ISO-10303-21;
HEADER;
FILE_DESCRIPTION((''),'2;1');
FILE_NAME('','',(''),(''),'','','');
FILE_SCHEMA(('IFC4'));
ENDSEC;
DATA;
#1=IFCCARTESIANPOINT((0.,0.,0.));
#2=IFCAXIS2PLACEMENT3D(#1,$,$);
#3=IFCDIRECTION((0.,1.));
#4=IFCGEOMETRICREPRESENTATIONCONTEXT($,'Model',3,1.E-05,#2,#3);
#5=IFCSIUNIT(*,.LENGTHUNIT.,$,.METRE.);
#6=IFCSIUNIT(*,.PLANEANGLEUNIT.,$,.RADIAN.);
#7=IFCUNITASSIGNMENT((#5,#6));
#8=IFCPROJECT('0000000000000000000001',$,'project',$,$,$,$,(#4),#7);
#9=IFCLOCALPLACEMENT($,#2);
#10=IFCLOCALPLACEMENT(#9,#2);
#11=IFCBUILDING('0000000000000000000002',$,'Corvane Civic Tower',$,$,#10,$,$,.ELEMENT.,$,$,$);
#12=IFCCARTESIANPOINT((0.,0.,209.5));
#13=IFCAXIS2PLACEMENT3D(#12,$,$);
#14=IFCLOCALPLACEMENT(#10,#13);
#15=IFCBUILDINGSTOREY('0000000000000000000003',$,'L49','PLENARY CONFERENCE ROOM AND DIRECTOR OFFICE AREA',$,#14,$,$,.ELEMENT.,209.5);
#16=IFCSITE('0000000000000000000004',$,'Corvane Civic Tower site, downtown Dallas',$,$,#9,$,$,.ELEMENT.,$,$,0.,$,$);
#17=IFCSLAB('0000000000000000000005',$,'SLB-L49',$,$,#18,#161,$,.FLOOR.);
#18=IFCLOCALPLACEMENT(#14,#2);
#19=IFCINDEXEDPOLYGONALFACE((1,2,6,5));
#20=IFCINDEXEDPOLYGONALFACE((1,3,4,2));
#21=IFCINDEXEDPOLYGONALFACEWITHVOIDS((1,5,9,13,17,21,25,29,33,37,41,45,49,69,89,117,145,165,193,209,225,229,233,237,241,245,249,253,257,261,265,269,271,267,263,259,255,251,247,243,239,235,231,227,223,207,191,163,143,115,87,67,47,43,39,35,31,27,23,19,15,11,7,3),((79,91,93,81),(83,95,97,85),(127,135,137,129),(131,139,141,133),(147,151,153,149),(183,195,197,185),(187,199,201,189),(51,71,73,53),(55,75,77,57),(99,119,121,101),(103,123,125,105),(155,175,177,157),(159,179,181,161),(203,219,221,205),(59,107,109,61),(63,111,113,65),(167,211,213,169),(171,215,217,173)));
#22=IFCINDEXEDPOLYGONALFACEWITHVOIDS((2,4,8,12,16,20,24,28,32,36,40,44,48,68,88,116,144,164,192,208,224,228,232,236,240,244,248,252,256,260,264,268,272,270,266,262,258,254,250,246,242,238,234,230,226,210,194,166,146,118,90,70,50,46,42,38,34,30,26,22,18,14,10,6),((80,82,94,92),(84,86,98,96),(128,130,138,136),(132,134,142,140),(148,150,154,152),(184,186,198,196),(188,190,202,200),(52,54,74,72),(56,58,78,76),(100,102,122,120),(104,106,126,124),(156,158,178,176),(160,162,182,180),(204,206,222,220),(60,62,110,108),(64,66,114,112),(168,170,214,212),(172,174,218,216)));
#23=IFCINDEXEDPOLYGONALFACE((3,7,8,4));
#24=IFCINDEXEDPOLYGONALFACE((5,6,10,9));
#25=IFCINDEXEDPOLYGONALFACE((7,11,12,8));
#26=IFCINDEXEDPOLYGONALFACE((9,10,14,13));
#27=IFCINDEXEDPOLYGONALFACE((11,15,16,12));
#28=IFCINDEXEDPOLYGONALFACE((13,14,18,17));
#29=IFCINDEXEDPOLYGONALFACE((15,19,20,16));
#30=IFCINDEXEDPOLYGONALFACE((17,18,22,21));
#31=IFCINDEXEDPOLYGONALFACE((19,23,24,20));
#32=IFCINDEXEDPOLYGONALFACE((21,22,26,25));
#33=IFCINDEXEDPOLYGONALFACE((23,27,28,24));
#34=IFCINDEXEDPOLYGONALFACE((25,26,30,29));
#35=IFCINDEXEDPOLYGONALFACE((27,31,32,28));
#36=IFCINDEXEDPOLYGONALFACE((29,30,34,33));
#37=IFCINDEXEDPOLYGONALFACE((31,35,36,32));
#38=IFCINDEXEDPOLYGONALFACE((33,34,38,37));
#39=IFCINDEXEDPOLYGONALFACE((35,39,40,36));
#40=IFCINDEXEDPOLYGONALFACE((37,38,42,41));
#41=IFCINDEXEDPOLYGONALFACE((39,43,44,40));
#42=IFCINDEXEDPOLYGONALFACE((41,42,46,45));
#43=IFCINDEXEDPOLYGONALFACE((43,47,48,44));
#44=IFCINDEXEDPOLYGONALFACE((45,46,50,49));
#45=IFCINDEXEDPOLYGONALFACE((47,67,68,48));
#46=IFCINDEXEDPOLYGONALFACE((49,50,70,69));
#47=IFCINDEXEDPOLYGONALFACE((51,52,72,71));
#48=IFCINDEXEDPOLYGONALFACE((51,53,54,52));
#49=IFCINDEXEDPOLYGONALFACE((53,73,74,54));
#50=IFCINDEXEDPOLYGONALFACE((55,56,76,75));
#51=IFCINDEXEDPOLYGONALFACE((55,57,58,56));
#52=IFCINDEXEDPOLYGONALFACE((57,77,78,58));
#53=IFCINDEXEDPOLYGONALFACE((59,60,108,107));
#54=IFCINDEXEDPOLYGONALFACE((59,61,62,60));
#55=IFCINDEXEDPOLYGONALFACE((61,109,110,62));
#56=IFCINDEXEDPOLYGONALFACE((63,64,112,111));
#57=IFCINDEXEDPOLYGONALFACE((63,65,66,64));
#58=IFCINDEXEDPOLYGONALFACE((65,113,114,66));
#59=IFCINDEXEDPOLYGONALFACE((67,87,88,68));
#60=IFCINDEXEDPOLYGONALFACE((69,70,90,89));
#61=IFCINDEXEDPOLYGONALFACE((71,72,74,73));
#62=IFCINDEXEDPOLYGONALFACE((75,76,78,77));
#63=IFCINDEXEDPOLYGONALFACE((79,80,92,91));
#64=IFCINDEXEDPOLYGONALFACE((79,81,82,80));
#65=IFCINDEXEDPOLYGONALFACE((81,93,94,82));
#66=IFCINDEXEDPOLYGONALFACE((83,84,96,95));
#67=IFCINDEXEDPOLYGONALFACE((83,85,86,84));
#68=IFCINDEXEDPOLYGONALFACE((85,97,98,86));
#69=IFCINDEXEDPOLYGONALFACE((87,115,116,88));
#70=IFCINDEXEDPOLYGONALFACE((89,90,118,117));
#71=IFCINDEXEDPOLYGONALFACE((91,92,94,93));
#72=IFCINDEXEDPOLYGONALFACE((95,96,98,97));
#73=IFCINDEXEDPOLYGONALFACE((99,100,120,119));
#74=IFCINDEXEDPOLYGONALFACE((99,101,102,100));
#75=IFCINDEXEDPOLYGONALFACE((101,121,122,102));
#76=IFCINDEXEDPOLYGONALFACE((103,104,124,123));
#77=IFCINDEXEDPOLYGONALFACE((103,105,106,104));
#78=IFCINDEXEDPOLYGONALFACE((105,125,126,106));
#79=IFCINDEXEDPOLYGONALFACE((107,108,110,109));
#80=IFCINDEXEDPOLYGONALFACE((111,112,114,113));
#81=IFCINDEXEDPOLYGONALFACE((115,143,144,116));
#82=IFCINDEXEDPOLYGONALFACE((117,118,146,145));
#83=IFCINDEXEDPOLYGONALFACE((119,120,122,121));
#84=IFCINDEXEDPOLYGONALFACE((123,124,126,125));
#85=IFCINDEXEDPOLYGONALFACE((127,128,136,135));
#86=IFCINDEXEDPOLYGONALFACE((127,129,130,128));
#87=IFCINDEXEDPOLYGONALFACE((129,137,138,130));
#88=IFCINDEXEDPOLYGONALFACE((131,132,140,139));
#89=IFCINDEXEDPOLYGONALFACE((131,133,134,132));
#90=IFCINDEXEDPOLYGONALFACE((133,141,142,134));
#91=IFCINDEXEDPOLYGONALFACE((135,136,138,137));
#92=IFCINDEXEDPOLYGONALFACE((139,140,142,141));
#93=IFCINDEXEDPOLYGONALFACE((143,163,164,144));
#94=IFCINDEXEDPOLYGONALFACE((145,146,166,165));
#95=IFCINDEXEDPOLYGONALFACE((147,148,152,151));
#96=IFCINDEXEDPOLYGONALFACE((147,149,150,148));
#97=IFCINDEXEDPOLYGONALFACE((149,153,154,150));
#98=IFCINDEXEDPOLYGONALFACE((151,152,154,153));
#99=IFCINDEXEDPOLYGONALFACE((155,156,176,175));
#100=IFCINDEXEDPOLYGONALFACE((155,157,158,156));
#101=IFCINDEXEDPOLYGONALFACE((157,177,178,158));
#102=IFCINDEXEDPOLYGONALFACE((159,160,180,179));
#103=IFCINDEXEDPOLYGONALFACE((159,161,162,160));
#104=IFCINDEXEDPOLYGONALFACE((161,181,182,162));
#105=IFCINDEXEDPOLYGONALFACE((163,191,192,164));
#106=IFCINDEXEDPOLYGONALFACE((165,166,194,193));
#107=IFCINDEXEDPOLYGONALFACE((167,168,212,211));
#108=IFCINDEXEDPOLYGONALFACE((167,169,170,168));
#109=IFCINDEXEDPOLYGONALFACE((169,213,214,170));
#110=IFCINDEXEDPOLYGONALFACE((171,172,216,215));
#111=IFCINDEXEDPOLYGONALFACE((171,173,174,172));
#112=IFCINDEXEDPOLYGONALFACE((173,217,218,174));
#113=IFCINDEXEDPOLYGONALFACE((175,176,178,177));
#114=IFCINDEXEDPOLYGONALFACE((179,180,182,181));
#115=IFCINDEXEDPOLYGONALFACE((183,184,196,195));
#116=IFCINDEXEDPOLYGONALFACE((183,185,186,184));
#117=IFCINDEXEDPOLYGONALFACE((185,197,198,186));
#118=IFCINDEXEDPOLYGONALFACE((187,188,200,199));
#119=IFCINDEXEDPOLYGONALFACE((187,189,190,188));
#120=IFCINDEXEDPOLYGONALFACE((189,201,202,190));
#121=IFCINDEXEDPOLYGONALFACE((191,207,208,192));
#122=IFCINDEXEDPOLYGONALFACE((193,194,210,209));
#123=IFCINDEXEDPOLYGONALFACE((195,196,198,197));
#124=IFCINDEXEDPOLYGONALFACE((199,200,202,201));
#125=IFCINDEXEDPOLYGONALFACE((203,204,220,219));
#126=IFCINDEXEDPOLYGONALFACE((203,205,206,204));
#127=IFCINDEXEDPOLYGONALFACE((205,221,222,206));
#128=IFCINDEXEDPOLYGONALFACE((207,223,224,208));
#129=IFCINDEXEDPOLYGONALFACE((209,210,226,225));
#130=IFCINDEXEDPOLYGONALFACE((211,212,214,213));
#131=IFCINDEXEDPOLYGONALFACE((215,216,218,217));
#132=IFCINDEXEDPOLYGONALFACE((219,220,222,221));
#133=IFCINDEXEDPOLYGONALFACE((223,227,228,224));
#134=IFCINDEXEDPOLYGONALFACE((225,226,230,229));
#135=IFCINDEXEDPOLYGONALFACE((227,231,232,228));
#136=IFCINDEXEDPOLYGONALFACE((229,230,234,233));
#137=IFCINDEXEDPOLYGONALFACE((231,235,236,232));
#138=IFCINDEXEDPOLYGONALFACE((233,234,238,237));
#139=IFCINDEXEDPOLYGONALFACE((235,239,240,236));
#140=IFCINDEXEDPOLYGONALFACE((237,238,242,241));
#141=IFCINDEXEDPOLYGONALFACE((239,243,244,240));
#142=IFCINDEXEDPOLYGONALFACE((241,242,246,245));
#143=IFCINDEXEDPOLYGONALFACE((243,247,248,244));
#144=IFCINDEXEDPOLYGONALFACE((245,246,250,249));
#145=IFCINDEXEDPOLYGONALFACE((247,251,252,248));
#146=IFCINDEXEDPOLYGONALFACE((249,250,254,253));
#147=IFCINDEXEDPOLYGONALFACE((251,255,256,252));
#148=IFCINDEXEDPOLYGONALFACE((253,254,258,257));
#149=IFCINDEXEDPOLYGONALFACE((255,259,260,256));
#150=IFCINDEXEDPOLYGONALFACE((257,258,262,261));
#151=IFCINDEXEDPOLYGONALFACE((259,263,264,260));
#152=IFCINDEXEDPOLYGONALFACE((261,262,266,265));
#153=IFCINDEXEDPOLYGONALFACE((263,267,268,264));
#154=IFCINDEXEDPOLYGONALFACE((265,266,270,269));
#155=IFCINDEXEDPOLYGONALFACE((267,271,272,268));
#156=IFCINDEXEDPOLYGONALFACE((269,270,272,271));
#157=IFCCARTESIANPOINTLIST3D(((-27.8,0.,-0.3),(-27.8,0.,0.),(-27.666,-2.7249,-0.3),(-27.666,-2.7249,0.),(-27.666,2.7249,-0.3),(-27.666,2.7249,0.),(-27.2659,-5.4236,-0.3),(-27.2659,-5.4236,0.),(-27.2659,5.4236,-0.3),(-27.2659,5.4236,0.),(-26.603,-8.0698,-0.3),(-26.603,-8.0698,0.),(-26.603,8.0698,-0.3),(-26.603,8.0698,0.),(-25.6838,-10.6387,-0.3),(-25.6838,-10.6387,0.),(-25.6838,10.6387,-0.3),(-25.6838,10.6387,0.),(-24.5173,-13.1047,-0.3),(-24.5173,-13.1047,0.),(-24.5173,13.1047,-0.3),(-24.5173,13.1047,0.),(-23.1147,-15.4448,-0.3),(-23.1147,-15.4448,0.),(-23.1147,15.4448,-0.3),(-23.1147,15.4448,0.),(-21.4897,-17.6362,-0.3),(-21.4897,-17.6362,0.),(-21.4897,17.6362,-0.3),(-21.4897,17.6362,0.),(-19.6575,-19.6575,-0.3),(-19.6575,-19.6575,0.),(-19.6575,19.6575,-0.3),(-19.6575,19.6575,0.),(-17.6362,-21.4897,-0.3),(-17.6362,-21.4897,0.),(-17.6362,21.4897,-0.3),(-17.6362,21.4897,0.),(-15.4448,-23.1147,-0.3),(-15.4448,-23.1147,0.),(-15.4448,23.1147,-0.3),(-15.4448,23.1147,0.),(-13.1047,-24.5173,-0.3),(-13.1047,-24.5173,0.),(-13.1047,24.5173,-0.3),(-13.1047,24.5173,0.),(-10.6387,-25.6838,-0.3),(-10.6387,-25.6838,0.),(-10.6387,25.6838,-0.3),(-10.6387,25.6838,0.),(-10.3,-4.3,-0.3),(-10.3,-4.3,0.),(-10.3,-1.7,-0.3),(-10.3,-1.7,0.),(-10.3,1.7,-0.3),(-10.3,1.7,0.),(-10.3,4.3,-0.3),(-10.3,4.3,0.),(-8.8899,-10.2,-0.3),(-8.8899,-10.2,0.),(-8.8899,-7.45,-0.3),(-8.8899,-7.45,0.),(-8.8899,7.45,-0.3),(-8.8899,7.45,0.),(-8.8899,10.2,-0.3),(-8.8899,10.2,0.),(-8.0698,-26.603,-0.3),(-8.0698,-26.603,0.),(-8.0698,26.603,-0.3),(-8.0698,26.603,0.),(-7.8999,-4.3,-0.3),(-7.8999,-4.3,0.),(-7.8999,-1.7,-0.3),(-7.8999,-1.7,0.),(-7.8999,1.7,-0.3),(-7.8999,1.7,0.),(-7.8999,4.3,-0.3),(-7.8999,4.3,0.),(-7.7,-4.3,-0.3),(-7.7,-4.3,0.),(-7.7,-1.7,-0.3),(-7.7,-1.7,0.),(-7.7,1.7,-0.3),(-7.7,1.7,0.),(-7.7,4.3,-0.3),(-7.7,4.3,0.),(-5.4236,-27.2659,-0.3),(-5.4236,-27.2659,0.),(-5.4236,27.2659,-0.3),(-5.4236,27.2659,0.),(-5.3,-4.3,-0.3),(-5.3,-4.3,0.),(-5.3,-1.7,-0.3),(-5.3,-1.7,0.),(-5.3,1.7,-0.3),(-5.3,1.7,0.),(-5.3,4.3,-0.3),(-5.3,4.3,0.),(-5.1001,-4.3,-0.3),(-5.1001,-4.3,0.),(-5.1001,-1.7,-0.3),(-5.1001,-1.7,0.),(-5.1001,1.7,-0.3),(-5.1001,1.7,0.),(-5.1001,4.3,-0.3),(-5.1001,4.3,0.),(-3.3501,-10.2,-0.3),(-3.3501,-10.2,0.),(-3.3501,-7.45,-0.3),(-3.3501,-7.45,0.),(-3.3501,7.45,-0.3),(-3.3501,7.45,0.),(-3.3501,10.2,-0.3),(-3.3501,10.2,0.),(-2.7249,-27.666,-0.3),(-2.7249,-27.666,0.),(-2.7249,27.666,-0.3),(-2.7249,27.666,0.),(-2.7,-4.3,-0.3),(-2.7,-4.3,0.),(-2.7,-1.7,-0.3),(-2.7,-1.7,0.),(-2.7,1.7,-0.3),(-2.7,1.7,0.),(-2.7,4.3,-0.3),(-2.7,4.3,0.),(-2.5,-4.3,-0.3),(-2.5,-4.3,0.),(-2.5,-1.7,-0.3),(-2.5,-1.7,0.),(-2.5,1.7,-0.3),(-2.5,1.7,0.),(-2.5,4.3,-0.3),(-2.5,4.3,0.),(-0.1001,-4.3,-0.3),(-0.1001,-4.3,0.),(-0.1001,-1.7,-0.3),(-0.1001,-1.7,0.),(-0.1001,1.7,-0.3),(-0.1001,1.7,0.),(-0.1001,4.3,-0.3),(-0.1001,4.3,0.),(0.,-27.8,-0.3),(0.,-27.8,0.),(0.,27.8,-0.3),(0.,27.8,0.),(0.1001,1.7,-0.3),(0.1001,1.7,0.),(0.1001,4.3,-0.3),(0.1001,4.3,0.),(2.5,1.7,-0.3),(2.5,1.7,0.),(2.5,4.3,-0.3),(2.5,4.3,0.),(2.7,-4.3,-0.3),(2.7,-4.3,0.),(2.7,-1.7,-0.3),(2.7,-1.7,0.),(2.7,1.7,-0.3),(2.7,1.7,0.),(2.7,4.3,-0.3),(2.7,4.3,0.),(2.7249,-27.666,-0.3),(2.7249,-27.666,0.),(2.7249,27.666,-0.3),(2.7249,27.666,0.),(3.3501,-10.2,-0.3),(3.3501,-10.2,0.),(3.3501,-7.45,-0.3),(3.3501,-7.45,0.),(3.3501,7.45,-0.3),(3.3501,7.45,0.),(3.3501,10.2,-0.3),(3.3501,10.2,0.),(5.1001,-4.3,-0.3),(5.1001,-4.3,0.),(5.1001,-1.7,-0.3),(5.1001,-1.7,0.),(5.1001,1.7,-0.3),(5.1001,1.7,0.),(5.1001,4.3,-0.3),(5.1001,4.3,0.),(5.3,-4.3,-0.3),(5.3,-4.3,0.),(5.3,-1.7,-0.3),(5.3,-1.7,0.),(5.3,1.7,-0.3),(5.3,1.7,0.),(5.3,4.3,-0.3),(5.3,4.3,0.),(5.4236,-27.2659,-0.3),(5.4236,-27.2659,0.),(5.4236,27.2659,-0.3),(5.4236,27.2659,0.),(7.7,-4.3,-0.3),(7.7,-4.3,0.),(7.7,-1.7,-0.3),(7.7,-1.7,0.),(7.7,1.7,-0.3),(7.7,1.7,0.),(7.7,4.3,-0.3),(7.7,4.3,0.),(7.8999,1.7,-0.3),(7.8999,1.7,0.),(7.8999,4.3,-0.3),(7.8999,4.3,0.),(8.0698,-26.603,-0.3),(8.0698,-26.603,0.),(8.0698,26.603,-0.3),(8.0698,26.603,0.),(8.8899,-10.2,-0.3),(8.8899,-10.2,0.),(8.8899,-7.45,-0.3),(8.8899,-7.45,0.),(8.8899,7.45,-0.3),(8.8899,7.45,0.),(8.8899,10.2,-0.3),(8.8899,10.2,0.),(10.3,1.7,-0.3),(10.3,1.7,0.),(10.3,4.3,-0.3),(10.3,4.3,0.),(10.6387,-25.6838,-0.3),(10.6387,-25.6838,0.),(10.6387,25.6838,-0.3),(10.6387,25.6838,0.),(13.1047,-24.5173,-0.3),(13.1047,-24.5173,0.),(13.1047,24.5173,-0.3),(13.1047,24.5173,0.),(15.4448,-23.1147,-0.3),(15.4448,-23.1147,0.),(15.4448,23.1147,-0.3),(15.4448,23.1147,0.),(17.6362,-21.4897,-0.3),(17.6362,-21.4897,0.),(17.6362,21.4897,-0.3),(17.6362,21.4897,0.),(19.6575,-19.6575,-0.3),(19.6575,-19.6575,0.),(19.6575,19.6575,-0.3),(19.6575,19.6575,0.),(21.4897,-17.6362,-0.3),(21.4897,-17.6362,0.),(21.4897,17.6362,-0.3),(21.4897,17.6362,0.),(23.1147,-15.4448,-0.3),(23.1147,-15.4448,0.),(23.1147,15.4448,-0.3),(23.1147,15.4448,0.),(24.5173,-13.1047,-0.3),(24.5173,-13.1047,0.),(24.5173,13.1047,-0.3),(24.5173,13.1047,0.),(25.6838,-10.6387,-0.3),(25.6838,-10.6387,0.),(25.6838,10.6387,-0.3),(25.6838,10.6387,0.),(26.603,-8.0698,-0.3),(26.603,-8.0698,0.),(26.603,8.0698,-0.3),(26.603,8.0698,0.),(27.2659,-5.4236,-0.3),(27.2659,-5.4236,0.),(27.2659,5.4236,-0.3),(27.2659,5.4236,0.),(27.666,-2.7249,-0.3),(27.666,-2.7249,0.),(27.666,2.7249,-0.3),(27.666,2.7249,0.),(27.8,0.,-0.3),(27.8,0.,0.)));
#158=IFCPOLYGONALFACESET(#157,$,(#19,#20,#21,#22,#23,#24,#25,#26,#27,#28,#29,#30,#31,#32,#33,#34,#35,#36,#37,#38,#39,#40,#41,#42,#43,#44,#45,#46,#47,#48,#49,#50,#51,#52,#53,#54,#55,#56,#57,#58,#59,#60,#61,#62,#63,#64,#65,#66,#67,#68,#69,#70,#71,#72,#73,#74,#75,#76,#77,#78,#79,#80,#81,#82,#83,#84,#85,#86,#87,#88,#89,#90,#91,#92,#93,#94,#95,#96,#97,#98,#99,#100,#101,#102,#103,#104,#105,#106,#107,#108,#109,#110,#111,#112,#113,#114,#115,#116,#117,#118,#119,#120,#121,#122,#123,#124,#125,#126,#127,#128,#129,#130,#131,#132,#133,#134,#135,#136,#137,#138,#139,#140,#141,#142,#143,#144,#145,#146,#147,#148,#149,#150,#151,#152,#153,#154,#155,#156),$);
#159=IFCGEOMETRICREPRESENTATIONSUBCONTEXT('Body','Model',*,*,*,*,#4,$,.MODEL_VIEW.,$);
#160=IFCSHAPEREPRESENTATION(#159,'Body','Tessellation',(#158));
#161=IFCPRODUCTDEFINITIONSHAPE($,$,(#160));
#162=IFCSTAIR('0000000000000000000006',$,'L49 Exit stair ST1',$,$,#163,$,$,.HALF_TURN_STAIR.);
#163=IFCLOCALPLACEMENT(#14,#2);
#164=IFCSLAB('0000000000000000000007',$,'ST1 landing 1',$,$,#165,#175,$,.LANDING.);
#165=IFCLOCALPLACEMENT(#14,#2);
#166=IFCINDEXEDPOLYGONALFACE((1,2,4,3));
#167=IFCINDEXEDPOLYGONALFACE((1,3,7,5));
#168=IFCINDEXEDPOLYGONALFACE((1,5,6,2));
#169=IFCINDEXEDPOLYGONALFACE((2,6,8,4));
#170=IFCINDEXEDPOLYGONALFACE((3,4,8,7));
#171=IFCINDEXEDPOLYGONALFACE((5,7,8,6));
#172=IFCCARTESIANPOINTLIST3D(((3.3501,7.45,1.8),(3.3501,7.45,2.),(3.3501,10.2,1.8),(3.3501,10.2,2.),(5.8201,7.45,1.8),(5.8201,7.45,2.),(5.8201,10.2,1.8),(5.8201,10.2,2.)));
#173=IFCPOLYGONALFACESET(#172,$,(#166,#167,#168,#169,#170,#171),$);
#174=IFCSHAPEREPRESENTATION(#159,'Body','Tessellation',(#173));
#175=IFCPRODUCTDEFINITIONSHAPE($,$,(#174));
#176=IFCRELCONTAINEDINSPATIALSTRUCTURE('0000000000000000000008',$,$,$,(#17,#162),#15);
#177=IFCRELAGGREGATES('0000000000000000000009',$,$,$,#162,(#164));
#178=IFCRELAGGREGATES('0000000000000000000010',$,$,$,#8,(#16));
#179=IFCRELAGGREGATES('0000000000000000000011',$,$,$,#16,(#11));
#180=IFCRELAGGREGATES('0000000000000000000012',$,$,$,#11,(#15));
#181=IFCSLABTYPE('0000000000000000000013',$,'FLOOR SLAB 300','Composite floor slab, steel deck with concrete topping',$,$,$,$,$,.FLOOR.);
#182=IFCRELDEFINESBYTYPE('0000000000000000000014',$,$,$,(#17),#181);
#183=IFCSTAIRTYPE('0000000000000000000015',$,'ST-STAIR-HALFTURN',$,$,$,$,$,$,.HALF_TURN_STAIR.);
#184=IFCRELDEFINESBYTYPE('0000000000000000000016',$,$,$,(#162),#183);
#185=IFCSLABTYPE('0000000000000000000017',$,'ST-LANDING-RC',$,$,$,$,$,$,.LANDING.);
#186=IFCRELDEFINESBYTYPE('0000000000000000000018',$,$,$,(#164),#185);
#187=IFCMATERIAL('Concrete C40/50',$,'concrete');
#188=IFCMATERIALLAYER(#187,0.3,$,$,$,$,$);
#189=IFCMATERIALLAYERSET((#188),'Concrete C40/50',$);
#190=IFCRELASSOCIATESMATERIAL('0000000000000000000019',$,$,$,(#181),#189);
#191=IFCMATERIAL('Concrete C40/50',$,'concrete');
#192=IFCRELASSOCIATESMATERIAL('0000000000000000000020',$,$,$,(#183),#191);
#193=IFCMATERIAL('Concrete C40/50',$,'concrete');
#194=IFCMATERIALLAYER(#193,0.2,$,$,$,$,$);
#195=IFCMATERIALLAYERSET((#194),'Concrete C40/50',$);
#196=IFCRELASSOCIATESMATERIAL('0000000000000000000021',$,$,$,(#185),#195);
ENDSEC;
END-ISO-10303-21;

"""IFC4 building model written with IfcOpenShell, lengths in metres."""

from ifc_helpers import new_model, si_unit, direction, frame, origin, place, context, subcontext, project, spatial, polyline, outline, extrude, material, layer, layer_set, type_object, element, aggregate, save


model = new_model("IFC4")

# Units and contexts
model_context = context("Model", 3, precision=1e-05, world=origin(), true_north=direction((0.0, 1.0)))
body_context = subcontext(model_context, "Body", "Model", "MODEL_VIEW")
ifc_project = project(units=[si_unit("LENGTHUNIT", "METRE"), si_unit("PLANEANGLEUNIT", "RADIAN")], contexts=[model_context])

# Site, building, storey
site_placement = place(None, origin())
site = spatial("IfcSite", under=ifc_project, at=site_placement, Name="Corvane Civic Tower site, downtown Dallas", CompositionType="ELEMENT", RefElevation=0.0)
building_placement = place(site_placement, origin())
building = spatial("IfcBuilding", under=site, at=building_placement, Name="Corvane Civic Tower", CompositionType="ELEMENT")
storey_placement = place(building_placement, frame((0.0, 0.0, 209.5)))
storey = spatial("IfcBuildingStorey", under=building, at=storey_placement, Name="L49", Description="PLENARY CONFERENCE ROOM AND DIRECTOR OFFICE AREA", CompositionType="ELEMENT", Elevation=209.5)

# Slab
ifc_material_1 = material(Name="Concrete C40/50", Category="concrete")
ifc_layer_1 = layer(ifc_material_1, 0.3)
ifc_layer_set_1 = layer_set([ifc_layer_1], Name="Concrete C40/50")
slab_type_1 = type_object("IfcSlabType", Name="FLOOR SLAB 300", Description="Composite floor slab, steel deck with concrete topping", PredefinedType="FLOOR", material=ifc_layer_set_1)
slab_1_placement = place(storey_placement, frame((0.0, 0.0, -0.3)))
element("IfcSlab", 1, at=slab_1_placement, inside=storey, type_object=slab_type_1, Name="SLB-L49", PredefinedType="FLOOR", context=body_context, shape_type="SweptSolid", body=[
    extrude(outline(polyline([(0.0, 27.8), (-2.7249, 27.666), (-5.4236, 27.2659), (-8.0698, 26.603), (-10.6387, 25.6838), (-13.1047, 24.5173), (-15.4448, 23.1147), (-17.6362, 21.4897), (-19.6575, 19.6575), (-21.4897, 17.6362), (-23.1147, 15.4448), (-24.5173, 13.1047), (-25.6838, 10.6387), (-26.603, 8.0698), (-27.2659, 5.4236), (-27.666, 2.7249), (-27.8, 0.0), (-27.666, -2.7249), (-27.2659, -5.4236), (-26.603, -8.0698), (-25.6838, -10.6387), (-24.5173, -13.1047), (-23.1147, -15.4448), (-21.4897, -17.6362), (-19.6575, -19.6575), (-17.6362, -21.4897), (-15.4448, -23.1147), (-13.1047, -24.5173), (-10.6387, -25.6838), (-8.0698, -26.603), (-5.4236, -27.2659), (-2.7249, -27.666), (0.0, -27.8), (2.7249, -27.666), (5.4236, -27.2659), (8.0698, -26.603), (10.6387, -25.6838), (13.1047, -24.5173), (15.4448, -23.1147), (17.6362, -21.4897), (19.6575, -19.6575), (21.4897, -17.6362), (23.1147, -15.4448), (24.5173, -13.1047), (25.6838, -10.6387), (26.603, -8.0698), (27.2659, -5.4236), (27.666, -2.7249), (27.8, 0.0), (27.666, 2.7249), (27.2659, 5.4236), (26.603, 8.0698), (25.6838, 10.6387), (24.5173, 13.1047), (23.1147, 15.4448), (21.4897, 17.6362), (19.6575, 19.6575), (17.6362, 21.4897), (15.4448, 23.1147), (13.1047, 24.5173), (10.6387, 25.6838), (8.0698, 26.603), (5.4236, 27.2659), (2.7249, 27.666), (0.0, 27.8)]), holes=[polyline([(-10.3, 4.3), (-7.8999, 4.3), (-7.8999, 1.7), (-10.3, 1.7), (-10.3, 4.3)]), polyline([(-5.3, 1.7), (-7.7, 1.7), (-7.7, 4.3), (-5.3, 4.3), (-5.3, 1.7)]), polyline([(-5.1001, 4.3), (-2.7, 4.3), (-2.7, 1.7), (-5.1001, 1.7), (-5.1001, 4.3)]), polyline([(-0.1001, 4.3), (-0.1001, 1.7), (-2.5, 1.7), (-2.5, 4.3), (-0.1001, 4.3)]), polyline([(2.5, 4.3), (2.5, 1.7), (0.1001, 1.7), (0.1001, 4.3), (2.5, 4.3)]), polyline([(2.7, 4.3), (5.1001, 4.3), (5.1001, 1.7), (2.7, 1.7), (2.7, 4.3)]), polyline([(5.3, 4.3), (7.7, 4.3), (7.7, 1.7), (5.3, 1.7), (5.3, 4.3)]), polyline([(7.8999, 4.3), (10.3, 4.3), (10.3, 1.7), (7.8999, 1.7), (7.8999, 4.3)]), polyline([(-7.8999, -1.7), (-7.8999, -4.3), (-10.3, -4.3), (-10.3, -1.7), (-7.8999, -1.7)]), polyline([(-5.3, -1.7), (-5.3, -4.3), (-7.7, -4.3), (-7.7, -1.7), (-5.3, -1.7)]), polyline([(-5.1001, -4.3), (-5.1001, -1.7), (-2.7, -1.7), (-2.7, -4.3), (-5.1001, -4.3)]), polyline([(-2.5, -1.7), (-0.1001, -1.7), (-0.1001, -4.3), (-2.5, -4.3), (-2.5, -1.7)]), polyline([(5.1001, -1.7), (5.1001, -4.3), (2.7, -4.3), (2.7, -1.7), (5.1001, -1.7)]), polyline([(7.7, -1.7), (7.7, -4.3), (5.3, -4.3), (5.3, -1.7), (7.7, -1.7)]), polyline([(8.8899, 10.2), (8.8899, 7.45), (3.3501, 7.45), (3.3501, 10.2), (8.8899, 10.2)]), polyline([(-8.8899, 7.45), (-8.8899, 10.2), (-3.3501, 10.2), (-3.3501, 7.45), (-8.8899, 7.45)]), polyline([(8.8899, -7.45), (8.8899, -10.2), (3.3501, -10.2), (3.3501, -7.45), (8.8899, -7.45)]), polyline([(-8.8899, -10.2), (-8.8899, -7.45), (-3.3501, -7.45), (-3.3501, -10.2), (-8.8899, -10.2)])]), origin(), (0.0, 0.0, 1.0), 0.3),
])

# Stair, slab
ifc_material_2 = material(Name="Concrete C40/50", Category="concrete")
stair_type = type_object("IfcStairType", Name="ST-STAIR-HALFTURN", PredefinedType="HALF_TURN_STAIR", material=ifc_material_2)
stair_1_placement = place(storey_placement, origin())
stair_1 = element("IfcStair", 2, at=stair_1_placement, inside=storey, type_object=stair_type, Name="L49 Exit stair ST1", PredefinedType="HALF_TURN_STAIR")
ifc_material_3 = material(Name="Concrete C40/50", Category="concrete")
ifc_layer_2 = layer(ifc_material_3, 0.2)
ifc_layer_set_2 = layer_set([ifc_layer_2], Name="Concrete C40/50")
slab_type_2 = type_object("IfcSlabType", Name="ST-LANDING-RC", PredefinedType="LANDING", material=ifc_layer_set_2)
slab_2_placement = place(storey_placement, frame((0.0, 0.0, 1.8)))
slab_2 = element("IfcSlab", 3, at=slab_2_placement, type_object=slab_type_2, Name="ST1 landing 1", PredefinedType="LANDING", context=body_context, shape_type="SweptSolid", body=[
    extrude(outline(polyline([(5.8201, 10.2), (3.3501, 10.2), (3.3501, 7.45), (5.8201, 7.45), (5.8201, 10.2)])), origin(), (0.0, 0.0, 1.0), 0.2),
])
aggregate(stair_1, [slab_2])

save(model, "model.ifc")
